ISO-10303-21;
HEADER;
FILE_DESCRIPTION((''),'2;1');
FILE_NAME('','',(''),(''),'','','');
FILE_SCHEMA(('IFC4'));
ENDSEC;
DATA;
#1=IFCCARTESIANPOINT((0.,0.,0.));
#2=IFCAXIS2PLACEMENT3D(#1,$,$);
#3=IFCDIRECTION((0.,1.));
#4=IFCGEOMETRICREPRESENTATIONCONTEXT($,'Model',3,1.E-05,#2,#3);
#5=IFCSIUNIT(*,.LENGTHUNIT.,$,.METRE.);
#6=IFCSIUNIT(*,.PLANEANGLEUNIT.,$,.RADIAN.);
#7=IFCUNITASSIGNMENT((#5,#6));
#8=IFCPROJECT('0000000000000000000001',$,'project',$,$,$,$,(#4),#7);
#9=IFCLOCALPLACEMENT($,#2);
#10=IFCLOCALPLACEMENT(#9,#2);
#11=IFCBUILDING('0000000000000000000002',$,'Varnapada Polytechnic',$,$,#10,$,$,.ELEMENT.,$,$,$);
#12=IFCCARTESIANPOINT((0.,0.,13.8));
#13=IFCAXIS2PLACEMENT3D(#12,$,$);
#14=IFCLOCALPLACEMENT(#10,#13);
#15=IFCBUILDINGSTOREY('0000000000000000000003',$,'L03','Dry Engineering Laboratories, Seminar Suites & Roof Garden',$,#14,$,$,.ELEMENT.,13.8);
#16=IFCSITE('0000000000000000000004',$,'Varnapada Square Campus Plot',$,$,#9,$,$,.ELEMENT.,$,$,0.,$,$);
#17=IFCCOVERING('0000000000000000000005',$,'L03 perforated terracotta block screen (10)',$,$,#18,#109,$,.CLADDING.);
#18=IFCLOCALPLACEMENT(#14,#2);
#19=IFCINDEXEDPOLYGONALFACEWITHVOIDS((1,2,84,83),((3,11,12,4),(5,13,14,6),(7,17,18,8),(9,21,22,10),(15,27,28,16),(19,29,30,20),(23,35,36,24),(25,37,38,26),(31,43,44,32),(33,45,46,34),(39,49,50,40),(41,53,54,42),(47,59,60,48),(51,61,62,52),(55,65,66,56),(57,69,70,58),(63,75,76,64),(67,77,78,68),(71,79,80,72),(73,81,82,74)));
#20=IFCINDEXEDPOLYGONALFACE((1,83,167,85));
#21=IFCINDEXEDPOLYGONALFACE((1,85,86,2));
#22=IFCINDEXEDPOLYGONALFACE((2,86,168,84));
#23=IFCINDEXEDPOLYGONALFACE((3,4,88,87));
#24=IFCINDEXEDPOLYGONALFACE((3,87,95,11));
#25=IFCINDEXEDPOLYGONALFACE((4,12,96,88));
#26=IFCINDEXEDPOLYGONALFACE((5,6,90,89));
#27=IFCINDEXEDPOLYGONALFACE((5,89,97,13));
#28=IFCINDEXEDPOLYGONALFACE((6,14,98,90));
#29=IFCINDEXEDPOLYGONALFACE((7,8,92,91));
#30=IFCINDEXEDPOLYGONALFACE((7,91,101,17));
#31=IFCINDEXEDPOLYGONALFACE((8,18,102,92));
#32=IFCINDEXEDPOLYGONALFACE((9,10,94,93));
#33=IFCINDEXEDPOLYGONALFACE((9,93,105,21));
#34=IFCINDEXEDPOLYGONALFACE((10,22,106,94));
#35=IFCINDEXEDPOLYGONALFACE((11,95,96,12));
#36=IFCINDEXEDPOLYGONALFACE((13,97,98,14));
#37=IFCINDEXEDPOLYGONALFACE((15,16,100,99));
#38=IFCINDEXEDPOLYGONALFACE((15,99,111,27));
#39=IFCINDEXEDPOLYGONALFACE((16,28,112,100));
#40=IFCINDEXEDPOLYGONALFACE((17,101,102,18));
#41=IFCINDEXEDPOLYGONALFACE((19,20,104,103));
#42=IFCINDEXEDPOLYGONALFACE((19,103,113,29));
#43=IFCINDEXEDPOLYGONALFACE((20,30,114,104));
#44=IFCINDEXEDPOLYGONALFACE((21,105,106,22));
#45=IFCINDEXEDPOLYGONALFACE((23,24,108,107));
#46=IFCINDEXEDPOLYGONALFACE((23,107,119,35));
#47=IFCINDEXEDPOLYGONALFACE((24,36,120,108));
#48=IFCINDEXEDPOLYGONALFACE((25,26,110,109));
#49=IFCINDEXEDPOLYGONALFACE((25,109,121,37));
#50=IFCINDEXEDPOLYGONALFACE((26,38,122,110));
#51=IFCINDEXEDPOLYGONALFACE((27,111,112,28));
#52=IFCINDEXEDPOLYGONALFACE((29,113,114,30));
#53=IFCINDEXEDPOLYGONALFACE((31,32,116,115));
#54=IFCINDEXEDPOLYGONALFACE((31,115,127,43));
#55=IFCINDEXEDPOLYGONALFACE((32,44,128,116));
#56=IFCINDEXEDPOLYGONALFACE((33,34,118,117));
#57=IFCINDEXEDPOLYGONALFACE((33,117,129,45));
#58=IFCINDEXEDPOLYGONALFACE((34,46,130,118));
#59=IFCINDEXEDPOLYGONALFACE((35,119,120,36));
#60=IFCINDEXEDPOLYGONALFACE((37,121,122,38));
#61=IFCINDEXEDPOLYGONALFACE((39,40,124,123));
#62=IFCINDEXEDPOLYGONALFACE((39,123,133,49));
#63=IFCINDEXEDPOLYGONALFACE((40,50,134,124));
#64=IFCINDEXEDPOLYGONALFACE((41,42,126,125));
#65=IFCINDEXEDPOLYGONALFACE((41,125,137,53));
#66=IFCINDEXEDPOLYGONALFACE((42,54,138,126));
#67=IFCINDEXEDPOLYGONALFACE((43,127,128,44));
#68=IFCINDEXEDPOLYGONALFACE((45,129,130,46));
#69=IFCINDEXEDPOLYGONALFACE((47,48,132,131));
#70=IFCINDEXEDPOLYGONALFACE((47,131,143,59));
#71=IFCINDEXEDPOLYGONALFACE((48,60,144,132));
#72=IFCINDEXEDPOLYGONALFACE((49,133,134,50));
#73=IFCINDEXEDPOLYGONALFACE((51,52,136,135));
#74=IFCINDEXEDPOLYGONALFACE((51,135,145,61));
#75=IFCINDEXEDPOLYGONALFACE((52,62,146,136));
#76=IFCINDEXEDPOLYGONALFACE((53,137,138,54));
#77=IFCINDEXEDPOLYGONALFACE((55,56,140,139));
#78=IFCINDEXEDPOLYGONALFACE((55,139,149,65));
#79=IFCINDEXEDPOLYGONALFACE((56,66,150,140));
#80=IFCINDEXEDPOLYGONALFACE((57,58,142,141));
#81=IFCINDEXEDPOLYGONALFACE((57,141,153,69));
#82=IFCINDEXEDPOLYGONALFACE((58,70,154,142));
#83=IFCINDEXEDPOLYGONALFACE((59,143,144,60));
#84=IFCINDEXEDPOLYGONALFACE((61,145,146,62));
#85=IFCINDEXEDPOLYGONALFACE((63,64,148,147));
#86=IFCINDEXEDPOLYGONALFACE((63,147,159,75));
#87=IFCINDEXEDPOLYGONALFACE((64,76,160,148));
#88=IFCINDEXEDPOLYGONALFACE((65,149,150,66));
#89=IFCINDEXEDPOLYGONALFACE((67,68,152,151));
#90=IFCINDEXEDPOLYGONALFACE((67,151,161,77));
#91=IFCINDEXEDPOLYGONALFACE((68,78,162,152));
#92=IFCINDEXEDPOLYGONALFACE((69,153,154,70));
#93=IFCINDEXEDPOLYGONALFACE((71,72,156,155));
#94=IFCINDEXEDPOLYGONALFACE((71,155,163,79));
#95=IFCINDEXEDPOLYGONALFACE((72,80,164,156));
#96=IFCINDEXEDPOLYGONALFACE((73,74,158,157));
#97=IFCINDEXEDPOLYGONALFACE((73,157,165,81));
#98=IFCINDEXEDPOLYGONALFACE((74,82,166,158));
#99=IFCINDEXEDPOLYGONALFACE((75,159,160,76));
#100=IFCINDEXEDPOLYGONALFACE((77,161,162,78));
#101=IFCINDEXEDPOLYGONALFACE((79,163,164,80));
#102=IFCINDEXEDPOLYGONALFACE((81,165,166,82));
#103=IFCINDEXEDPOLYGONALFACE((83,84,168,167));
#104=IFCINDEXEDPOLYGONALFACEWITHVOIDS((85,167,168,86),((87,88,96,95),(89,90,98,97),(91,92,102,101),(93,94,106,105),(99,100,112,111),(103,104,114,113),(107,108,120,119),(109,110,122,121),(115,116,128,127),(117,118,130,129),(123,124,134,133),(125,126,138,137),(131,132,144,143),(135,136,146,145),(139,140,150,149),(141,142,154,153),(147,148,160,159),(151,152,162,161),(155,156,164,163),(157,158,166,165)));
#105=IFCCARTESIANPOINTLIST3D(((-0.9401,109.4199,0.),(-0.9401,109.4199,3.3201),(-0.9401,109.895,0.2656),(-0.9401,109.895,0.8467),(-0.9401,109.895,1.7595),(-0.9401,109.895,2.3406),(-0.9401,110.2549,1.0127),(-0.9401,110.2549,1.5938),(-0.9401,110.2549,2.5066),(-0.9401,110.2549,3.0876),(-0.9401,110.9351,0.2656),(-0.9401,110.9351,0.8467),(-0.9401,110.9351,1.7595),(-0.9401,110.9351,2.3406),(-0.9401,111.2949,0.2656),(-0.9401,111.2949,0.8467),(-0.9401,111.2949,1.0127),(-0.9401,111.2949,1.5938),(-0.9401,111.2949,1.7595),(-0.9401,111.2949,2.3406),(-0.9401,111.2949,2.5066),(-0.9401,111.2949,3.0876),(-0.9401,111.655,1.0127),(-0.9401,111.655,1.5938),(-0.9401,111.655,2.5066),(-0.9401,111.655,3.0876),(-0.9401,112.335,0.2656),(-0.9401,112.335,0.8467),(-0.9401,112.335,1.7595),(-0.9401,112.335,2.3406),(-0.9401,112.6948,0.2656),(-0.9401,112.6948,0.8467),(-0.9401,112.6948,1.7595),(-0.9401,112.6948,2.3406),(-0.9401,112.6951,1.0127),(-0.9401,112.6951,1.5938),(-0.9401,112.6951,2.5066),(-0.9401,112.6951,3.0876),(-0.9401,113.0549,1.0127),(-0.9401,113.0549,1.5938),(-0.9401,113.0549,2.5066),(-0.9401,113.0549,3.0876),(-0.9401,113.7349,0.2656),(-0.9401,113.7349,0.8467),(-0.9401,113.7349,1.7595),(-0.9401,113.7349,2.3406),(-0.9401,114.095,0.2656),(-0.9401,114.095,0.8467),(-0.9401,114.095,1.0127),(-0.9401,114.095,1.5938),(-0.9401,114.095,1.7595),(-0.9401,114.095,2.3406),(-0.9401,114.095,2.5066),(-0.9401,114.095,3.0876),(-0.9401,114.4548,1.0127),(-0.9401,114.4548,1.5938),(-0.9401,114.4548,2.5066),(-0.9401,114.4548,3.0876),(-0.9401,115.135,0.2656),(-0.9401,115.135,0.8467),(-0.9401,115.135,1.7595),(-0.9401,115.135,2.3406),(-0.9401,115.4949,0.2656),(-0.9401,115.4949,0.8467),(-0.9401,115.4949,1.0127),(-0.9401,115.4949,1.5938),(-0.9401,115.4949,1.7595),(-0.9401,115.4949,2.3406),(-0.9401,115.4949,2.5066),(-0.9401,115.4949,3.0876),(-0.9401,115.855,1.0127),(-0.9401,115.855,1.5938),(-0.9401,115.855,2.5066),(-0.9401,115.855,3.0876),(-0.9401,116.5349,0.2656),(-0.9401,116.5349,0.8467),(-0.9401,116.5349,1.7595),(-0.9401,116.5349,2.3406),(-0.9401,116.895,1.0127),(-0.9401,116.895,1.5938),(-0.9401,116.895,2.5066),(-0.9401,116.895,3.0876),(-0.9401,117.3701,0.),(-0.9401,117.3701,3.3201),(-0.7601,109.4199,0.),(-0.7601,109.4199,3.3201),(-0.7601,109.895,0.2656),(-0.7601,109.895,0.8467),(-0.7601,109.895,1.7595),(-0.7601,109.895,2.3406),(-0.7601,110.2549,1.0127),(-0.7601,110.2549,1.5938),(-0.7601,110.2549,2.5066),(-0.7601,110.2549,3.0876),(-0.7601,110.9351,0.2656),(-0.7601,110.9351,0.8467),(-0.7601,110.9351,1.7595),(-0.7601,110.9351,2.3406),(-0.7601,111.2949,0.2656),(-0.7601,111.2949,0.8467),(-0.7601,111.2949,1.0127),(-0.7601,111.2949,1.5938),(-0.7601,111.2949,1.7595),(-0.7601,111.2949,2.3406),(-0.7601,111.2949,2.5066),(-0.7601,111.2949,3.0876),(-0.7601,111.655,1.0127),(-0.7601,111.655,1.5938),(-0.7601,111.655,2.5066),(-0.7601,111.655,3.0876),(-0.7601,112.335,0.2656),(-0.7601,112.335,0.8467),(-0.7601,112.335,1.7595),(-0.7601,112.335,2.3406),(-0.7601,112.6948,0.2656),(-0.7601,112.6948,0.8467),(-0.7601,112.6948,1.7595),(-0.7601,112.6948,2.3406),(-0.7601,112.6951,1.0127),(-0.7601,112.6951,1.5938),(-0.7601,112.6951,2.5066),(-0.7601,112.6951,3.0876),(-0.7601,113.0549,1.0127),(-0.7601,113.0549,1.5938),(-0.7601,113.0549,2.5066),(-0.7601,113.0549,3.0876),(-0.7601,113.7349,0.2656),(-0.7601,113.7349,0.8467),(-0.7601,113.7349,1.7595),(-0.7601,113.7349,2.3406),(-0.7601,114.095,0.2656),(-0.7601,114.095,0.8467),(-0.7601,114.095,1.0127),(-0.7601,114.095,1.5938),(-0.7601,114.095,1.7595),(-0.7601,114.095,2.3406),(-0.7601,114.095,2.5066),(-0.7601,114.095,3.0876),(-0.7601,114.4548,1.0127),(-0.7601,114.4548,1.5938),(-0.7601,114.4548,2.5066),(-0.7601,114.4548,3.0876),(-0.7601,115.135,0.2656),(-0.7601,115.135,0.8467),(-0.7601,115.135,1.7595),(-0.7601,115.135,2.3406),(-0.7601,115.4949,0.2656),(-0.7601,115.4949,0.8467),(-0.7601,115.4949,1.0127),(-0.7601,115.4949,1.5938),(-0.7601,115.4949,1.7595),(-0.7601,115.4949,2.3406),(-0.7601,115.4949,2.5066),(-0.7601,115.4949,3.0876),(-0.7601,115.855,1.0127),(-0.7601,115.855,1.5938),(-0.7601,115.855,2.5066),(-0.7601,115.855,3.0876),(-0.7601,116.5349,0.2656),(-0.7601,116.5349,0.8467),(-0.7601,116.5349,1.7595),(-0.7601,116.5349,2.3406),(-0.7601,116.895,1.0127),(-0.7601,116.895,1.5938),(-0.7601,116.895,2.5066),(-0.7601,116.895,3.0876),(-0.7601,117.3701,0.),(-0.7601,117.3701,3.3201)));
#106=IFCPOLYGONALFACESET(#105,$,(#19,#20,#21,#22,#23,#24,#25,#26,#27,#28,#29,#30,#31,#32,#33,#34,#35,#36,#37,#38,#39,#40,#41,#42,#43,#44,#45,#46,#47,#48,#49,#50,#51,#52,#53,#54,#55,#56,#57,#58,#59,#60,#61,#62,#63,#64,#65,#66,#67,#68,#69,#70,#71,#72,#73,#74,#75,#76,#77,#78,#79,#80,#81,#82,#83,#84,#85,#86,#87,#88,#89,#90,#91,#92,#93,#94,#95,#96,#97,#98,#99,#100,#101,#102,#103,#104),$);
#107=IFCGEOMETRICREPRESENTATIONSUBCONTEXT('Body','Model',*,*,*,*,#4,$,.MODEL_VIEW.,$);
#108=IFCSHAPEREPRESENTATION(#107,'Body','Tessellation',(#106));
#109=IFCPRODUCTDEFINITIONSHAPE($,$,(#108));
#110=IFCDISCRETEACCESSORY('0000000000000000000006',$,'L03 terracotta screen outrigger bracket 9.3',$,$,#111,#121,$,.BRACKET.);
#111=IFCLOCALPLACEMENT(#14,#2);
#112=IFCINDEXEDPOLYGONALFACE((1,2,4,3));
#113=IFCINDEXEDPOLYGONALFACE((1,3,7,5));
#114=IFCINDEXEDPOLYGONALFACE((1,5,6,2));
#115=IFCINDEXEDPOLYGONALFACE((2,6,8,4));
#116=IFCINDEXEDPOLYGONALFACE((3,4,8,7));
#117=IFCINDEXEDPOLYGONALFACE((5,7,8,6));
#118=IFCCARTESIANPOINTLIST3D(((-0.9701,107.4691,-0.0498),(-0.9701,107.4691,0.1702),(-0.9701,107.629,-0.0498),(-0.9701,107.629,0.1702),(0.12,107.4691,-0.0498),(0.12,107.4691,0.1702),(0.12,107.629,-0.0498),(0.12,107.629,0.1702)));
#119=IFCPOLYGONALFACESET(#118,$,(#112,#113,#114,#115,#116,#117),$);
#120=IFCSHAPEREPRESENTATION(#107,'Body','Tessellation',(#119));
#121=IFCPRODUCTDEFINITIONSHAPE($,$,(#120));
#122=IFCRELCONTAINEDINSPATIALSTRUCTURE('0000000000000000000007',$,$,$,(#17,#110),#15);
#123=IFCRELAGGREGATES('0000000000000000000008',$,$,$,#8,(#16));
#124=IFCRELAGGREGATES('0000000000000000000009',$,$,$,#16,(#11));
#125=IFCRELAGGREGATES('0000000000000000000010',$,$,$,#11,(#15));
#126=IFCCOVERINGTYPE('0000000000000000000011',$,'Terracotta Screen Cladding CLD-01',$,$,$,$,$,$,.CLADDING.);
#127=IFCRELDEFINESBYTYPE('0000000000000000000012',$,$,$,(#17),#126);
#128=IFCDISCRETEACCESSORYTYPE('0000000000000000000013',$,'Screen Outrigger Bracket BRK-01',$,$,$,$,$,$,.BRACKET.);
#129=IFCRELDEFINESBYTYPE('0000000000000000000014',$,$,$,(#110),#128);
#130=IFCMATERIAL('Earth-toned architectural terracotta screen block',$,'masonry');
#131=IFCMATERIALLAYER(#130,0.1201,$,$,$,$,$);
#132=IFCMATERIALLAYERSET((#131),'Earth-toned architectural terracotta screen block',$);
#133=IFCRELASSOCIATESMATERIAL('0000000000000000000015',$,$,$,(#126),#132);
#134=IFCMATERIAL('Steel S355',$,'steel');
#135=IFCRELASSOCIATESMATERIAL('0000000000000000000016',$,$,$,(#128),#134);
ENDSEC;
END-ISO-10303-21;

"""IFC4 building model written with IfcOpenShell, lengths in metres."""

from ifc_helpers import new_model, si_unit, direction, frame, frame_2d, origin, origin_2d, place, context, subcontext, project, spatial, rectangle, extrude, material, layer, layer_set, type_object, element, save


model = new_model("IFC4")

# Units and contexts
model_context = context("Model", 3, precision=1e-05, world=origin(), true_north=direction((0.0, 1.0)))
body_context = subcontext(model_context, "Body", "Model", "MODEL_VIEW")
ifc_project = project(units=[si_unit("LENGTHUNIT", "METRE"), si_unit("PLANEANGLEUNIT", "RADIAN")], contexts=[model_context])

# Site, building, storey
site_placement = place(None, origin())
site = spatial("IfcSite", under=ifc_project, at=site_placement, Name="Varnapada Square Campus Plot", CompositionType="ELEMENT", RefElevation=0.0)
building_placement = place(site_placement, origin())
building = spatial("IfcBuilding", under=site, at=building_placement, Name="Varnapada Polytechnic", CompositionType="ELEMENT")
storey_placement = place(building_placement, frame((0.0, 0.0, 13.8)))
storey = spatial("IfcBuildingStorey", under=building, at=storey_placement, Name="L03", Description="Dry Engineering Laboratories, Seminar Suites & Roof Garden", CompositionType="ELEMENT", Elevation=13.8)

# Covering, openings
ifc_material_1 = material(Name="Earth-toned architectural terracotta screen block", Category="masonry")
ifc_layer_1 = layer(ifc_material_1, 0.1201)
ifc_layer_set_1 = layer_set([ifc_layer_1], Name="Earth-toned architectural terracotta screen block")
covering_type = type_object("IfcCoveringType", Name="Terracotta Screen Cladding CLD-01", PredefinedType="CLADDING", material=ifc_layer_set_1)
covering_placement = place(storey_placement, frame((-0.8501, 109.4199, 0.0), z_axis=(0.0, 0.0, 1.0), x_axis=(0.0, 1.0, 0.0)))
covering = element("IfcCovering", 1, at=covering_placement, inside=storey, type_object=covering_type, Name="L03 perforated terracotta block screen (10)", PredefinedType="CLADDING", context=body_context, shape_type="SweptSolid", body=[
    extrude(rectangle(XDim=7.9502, YDim=0.1799, at=frame_2d((3.9751, 0.0))), origin(), (0.0, 0.0, 1.0), 3.3201),
])
opening_1_placement = place(covering_placement, frame((0.4751, 0.0, 0.2656)))
element("IfcOpeningElement", 2, at=opening_1_placement, cuts=covering, PredefinedType="OPENING", context=body_context, shape_type="SweptSolid", body=[
    extrude(rectangle(XDim=1.04, YDim=0.5811, at=frame_2d((0.52, 0.2905))), frame((0.0, 0.0999, 0.0), z_axis=(0.0, -1.0, 0.0), x_axis=(1.0, 0.0, 0.0)), (0.0, 0.0, 1.0), 0.2),
])
opening_2_placement = place(covering_placement, frame((1.875, 0.0, 0.2656)))
element("IfcOpeningElement", 3, at=opening_2_placement, cuts=covering, PredefinedType="OPENING", context=body_context, shape_type="SweptSolid", body=[
    extrude(rectangle(XDim=1.04, YDim=0.5811, at=frame_2d((0.52, 0.2905))), frame((0.0, 0.0999, 0.0), z_axis=(0.0, -1.0, 0.0), x_axis=(1.0, 0.0, 0.0)), (0.0, 0.0, 1.0), 0.2),
])
opening_3_placement = place(covering_placement, frame((3.2749, 0.0, 0.2656)))
element("IfcOpeningElement", 4, at=opening_3_placement, cuts=covering, PredefinedType="OPENING", context=body_context, shape_type="SweptSolid", body=[
    extrude(rectangle(XDim=1.04, YDim=0.5811, at=frame_2d((0.52, 0.2905))), frame((0.0, 0.0999, 0.0), z_axis=(0.0, -1.0, 0.0), x_axis=(1.0, 0.0, 0.0)), (0.0, 0.0, 1.0), 0.2),
])
opening_4_placement = place(covering_placement, frame((4.675, 0.0, 0.2656)))
element("IfcOpeningElement", 5, at=opening_4_placement, cuts=covering, PredefinedType="OPENING", context=body_context, shape_type="SweptSolid", body=[
    extrude(rectangle(XDim=1.04, YDim=0.5811, at=frame_2d((0.52, 0.2905))), frame((0.0, 0.0999, 0.0), z_axis=(0.0, -1.0, 0.0), x_axis=(1.0, 0.0, 0.0)), (0.0, 0.0, 1.0), 0.2),
])
opening_5_placement = place(covering_placement, frame((6.075, 0.0, 0.2656)))
element("IfcOpeningElement", 6, at=opening_5_placement, cuts=covering, PredefinedType="OPENING", context=body_context, shape_type="SweptSolid", body=[
    extrude(rectangle(XDim=1.04, YDim=0.5811, at=frame_2d((0.52, 0.2905))), frame((0.0, 0.0999, 0.0), z_axis=(0.0, -1.0, 0.0), x_axis=(1.0, 0.0, 0.0)), (0.0, 0.0, 1.0), 0.2),
])
opening_6_placement = place(covering_placement, frame((0.835, 0.0, 1.0127)))
element("IfcOpeningElement", 7, at=opening_6_placement, cuts=covering, PredefinedType="OPENING", context=body_context, shape_type="SweptSolid", body=[
    extrude(rectangle(XDim=1.04, YDim=0.5811, at=frame_2d((0.52, 0.2905))), frame((0.0, 0.0999, 0.0), z_axis=(0.0, -1.0, 0.0), x_axis=(1.0, 0.0, 0.0)), (0.0, 0.0, 1.0), 0.2),
])
opening_7_placement = place(covering_placement, frame((2.2351, 0.0, 1.0127)))
element("IfcOpeningElement", 8, at=opening_7_placement, cuts=covering, PredefinedType="OPENING", context=body_context, shape_type="SweptSolid", body=[
    extrude(rectangle(XDim=1.04, YDim=0.5811, at=frame_2d((0.52, 0.2905))), frame((0.0, 0.0999, 0.0), z_axis=(0.0, -1.0, 0.0), x_axis=(1.0, 0.0, 0.0)), (0.0, 0.0, 1.0), 0.2),
])
opening_8_placement = place(covering_placement, frame((3.635, 0.0, 1.0127)))
element("IfcOpeningElement", 9, at=opening_8_placement, cuts=covering, PredefinedType="OPENING", context=body_context, shape_type="SweptSolid", body=[
    extrude(rectangle(XDim=1.04, YDim=0.5811, at=frame_2d((0.52, 0.2905))), frame((0.0, 0.0999, 0.0), z_axis=(0.0, -1.0, 0.0), x_axis=(1.0, 0.0, 0.0)), (0.0, 0.0, 1.0), 0.2),
])
opening_9_placement = place(covering_placement, frame((5.0349, 0.0, 1.0127)))
element("IfcOpeningElement", 10, at=opening_9_placement, cuts=covering, PredefinedType="OPENING", context=body_context, shape_type="SweptSolid", body=[
    extrude(rectangle(XDim=1.04, YDim=0.5811, at=frame_2d((0.52, 0.2905))), frame((0.0, 0.0999, 0.0), z_axis=(0.0, -1.0, 0.0), x_axis=(1.0, 0.0, 0.0)), (0.0, 0.0, 1.0), 0.2),
])
opening_10_placement = place(covering_placement, frame((6.4351, 0.0, 1.0127)))
element("IfcOpeningElement", 11, at=opening_10_placement, cuts=covering, PredefinedType="OPENING", context=body_context, shape_type="SweptSolid", body=[
    extrude(rectangle(XDim=1.04, YDim=0.5811, at=frame_2d((0.52, 0.2905))), frame((0.0, 0.0999, 0.0), z_axis=(0.0, -1.0, 0.0), x_axis=(1.0, 0.0, 0.0)), (0.0, 0.0, 1.0), 0.2),
])
opening_11_placement = place(covering_placement, frame((0.4751, 0.0, 1.7595)))
element("IfcOpeningElement", 12, at=opening_11_placement, cuts=covering, PredefinedType="OPENING", context=body_context, shape_type="SweptSolid", body=[
    extrude(rectangle(XDim=1.04, YDim=0.5811, at=frame_2d((0.52, 0.2905))), frame((0.0, 0.0999, 0.0), z_axis=(0.0, -1.0, 0.0), x_axis=(1.0, 0.0, 0.0)), (0.0, 0.0, 1.0), 0.2),
])
opening_12_placement = place(covering_placement, frame((1.875, 0.0, 1.7595)))
element("IfcOpeningElement", 13, at=opening_12_placement, cuts=covering, PredefinedType="OPENING", context=body_context, shape_type="SweptSolid", body=[
    extrude(rectangle(XDim=1.04, YDim=0.5811, at=frame_2d((0.52, 0.2905))), frame((0.0, 0.0999, 0.0), z_axis=(0.0, -1.0, 0.0), x_axis=(1.0, 0.0, 0.0)), (0.0, 0.0, 1.0), 0.2),
])
opening_13_placement = place(covering_placement, frame((3.2749, 0.0, 1.7595)))
element("IfcOpeningElement", 14, at=opening_13_placement, cuts=covering, PredefinedType="OPENING", context=body_context, shape_type="SweptSolid", body=[
    extrude(rectangle(XDim=1.04, YDim=0.5811, at=frame_2d((0.52, 0.2905))), frame((0.0, 0.0999, 0.0), z_axis=(0.0, -1.0, 0.0), x_axis=(1.0, 0.0, 0.0)), (0.0, 0.0, 1.0), 0.2),
])
opening_14_placement = place(covering_placement, frame((4.675, 0.0, 1.7595)))
element("IfcOpeningElement", 15, at=opening_14_placement, cuts=covering, PredefinedType="OPENING", context=body_context, shape_type="SweptSolid", body=[
    extrude(rectangle(XDim=1.04, YDim=0.5811, at=frame_2d((0.52, 0.2905))), frame((0.0, 0.0999, 0.0), z_axis=(0.0, -1.0, 0.0), x_axis=(1.0, 0.0, 0.0)), (0.0, 0.0, 1.0), 0.2),
])
opening_15_placement = place(covering_placement, frame((6.075, 0.0, 1.7595)))
element("IfcOpeningElement", 16, at=opening_15_placement, cuts=covering, PredefinedType="OPENING", context=body_context, shape_type="SweptSolid", body=[
    extrude(rectangle(XDim=1.04, YDim=0.5811, at=frame_2d((0.52, 0.2905))), frame((0.0, 0.0999, 0.0), z_axis=(0.0, -1.0, 0.0), x_axis=(1.0, 0.0, 0.0)), (0.0, 0.0, 1.0), 0.2),
])
opening_16_placement = place(covering_placement, frame((0.835, 0.0, 2.5066)))
element("IfcOpeningElement", 17, at=opening_16_placement, cuts=covering, PredefinedType="OPENING", context=body_context, shape_type="SweptSolid", body=[
    extrude(rectangle(XDim=1.04, YDim=0.5811, at=frame_2d((0.52, 0.2905))), frame((0.0, 0.0999, 0.0), z_axis=(0.0, -1.0, 0.0), x_axis=(1.0, 0.0, 0.0)), (0.0, 0.0, 1.0), 0.2),
])
opening_17_placement = place(covering_placement, frame((2.2351, 0.0, 2.5066)))
element("IfcOpeningElement", 18, at=opening_17_placement, cuts=covering, PredefinedType="OPENING", context=body_context, shape_type="SweptSolid", body=[
    extrude(rectangle(XDim=1.04, YDim=0.5811, at=frame_2d((0.52, 0.2905))), frame((0.0, 0.0999, 0.0), z_axis=(0.0, -1.0, 0.0), x_axis=(1.0, 0.0, 0.0)), (0.0, 0.0, 1.0), 0.2),
])
opening_18_placement = place(covering_placement, frame((3.635, 0.0, 2.5066)))
element("IfcOpeningElement", 19, at=opening_18_placement, cuts=covering, PredefinedType="OPENING", context=body_context, shape_type="SweptSolid", body=[
    extrude(rectangle(XDim=1.04, YDim=0.5811, at=frame_2d((0.52, 0.2905))), frame((0.0, 0.0999, 0.0), z_axis=(0.0, -1.0, 0.0), x_axis=(1.0, 0.0, 0.0)), (0.0, 0.0, 1.0), 0.2),
])
opening_19_placement = place(covering_placement, frame((5.0349, 0.0, 2.5066)))
element("IfcOpeningElement", 20, at=opening_19_placement, cuts=covering, PredefinedType="OPENING", context=body_context, shape_type="SweptSolid", body=[
    extrude(rectangle(XDim=1.04, YDim=0.5811, at=frame_2d((0.52, 0.2905))), frame((0.0, 0.0999, 0.0), z_axis=(0.0, -1.0, 0.0), x_axis=(1.0, 0.0, 0.0)), (0.0, 0.0, 1.0), 0.2),
])
opening_20_placement = place(covering_placement, frame((6.4351, 0.0, 2.5066)))
element("IfcOpeningElement", 21, at=opening_20_placement, cuts=covering, PredefinedType="OPENING", context=body_context, shape_type="SweptSolid", body=[
    extrude(rectangle(XDim=1.04, YDim=0.5811, at=frame_2d((0.52, 0.2905))), frame((0.0, 0.0999, 0.0), z_axis=(0.0, -1.0, 0.0), x_axis=(1.0, 0.0, 0.0)), (0.0, 0.0, 1.0), 0.2),
])

# Discrete accessory
ifc_material_2 = material(Name="Steel S355", Category="steel")
discrete_accessory_type = type_object("IfcDiscreteAccessoryType", Name="Screen Outrigger Bracket BRK-01", PredefinedType="BRACKET", material=ifc_material_2)
discrete_accessory_placement = place(storey_placement, frame((-0.425, 107.5491, -0.0498), z_axis=(0.0, 0.0, 1.0), x_axis=(0.0, 1.0, 0.0)))
element("IfcDiscreteAccessory", 22, at=discrete_accessory_placement, inside=storey, type_object=discrete_accessory_type, Name="L03 terracotta screen outrigger bracket 9.3", PredefinedType="BRACKET", context=body_context, shape_type="SweptSolid", body=[
    extrude(rectangle(XDim=0.1599, YDim=1.0901, at=origin_2d()), origin(), (0.0, 0.0, 1.0), 0.22),
])

save(model, "model.ifc")
